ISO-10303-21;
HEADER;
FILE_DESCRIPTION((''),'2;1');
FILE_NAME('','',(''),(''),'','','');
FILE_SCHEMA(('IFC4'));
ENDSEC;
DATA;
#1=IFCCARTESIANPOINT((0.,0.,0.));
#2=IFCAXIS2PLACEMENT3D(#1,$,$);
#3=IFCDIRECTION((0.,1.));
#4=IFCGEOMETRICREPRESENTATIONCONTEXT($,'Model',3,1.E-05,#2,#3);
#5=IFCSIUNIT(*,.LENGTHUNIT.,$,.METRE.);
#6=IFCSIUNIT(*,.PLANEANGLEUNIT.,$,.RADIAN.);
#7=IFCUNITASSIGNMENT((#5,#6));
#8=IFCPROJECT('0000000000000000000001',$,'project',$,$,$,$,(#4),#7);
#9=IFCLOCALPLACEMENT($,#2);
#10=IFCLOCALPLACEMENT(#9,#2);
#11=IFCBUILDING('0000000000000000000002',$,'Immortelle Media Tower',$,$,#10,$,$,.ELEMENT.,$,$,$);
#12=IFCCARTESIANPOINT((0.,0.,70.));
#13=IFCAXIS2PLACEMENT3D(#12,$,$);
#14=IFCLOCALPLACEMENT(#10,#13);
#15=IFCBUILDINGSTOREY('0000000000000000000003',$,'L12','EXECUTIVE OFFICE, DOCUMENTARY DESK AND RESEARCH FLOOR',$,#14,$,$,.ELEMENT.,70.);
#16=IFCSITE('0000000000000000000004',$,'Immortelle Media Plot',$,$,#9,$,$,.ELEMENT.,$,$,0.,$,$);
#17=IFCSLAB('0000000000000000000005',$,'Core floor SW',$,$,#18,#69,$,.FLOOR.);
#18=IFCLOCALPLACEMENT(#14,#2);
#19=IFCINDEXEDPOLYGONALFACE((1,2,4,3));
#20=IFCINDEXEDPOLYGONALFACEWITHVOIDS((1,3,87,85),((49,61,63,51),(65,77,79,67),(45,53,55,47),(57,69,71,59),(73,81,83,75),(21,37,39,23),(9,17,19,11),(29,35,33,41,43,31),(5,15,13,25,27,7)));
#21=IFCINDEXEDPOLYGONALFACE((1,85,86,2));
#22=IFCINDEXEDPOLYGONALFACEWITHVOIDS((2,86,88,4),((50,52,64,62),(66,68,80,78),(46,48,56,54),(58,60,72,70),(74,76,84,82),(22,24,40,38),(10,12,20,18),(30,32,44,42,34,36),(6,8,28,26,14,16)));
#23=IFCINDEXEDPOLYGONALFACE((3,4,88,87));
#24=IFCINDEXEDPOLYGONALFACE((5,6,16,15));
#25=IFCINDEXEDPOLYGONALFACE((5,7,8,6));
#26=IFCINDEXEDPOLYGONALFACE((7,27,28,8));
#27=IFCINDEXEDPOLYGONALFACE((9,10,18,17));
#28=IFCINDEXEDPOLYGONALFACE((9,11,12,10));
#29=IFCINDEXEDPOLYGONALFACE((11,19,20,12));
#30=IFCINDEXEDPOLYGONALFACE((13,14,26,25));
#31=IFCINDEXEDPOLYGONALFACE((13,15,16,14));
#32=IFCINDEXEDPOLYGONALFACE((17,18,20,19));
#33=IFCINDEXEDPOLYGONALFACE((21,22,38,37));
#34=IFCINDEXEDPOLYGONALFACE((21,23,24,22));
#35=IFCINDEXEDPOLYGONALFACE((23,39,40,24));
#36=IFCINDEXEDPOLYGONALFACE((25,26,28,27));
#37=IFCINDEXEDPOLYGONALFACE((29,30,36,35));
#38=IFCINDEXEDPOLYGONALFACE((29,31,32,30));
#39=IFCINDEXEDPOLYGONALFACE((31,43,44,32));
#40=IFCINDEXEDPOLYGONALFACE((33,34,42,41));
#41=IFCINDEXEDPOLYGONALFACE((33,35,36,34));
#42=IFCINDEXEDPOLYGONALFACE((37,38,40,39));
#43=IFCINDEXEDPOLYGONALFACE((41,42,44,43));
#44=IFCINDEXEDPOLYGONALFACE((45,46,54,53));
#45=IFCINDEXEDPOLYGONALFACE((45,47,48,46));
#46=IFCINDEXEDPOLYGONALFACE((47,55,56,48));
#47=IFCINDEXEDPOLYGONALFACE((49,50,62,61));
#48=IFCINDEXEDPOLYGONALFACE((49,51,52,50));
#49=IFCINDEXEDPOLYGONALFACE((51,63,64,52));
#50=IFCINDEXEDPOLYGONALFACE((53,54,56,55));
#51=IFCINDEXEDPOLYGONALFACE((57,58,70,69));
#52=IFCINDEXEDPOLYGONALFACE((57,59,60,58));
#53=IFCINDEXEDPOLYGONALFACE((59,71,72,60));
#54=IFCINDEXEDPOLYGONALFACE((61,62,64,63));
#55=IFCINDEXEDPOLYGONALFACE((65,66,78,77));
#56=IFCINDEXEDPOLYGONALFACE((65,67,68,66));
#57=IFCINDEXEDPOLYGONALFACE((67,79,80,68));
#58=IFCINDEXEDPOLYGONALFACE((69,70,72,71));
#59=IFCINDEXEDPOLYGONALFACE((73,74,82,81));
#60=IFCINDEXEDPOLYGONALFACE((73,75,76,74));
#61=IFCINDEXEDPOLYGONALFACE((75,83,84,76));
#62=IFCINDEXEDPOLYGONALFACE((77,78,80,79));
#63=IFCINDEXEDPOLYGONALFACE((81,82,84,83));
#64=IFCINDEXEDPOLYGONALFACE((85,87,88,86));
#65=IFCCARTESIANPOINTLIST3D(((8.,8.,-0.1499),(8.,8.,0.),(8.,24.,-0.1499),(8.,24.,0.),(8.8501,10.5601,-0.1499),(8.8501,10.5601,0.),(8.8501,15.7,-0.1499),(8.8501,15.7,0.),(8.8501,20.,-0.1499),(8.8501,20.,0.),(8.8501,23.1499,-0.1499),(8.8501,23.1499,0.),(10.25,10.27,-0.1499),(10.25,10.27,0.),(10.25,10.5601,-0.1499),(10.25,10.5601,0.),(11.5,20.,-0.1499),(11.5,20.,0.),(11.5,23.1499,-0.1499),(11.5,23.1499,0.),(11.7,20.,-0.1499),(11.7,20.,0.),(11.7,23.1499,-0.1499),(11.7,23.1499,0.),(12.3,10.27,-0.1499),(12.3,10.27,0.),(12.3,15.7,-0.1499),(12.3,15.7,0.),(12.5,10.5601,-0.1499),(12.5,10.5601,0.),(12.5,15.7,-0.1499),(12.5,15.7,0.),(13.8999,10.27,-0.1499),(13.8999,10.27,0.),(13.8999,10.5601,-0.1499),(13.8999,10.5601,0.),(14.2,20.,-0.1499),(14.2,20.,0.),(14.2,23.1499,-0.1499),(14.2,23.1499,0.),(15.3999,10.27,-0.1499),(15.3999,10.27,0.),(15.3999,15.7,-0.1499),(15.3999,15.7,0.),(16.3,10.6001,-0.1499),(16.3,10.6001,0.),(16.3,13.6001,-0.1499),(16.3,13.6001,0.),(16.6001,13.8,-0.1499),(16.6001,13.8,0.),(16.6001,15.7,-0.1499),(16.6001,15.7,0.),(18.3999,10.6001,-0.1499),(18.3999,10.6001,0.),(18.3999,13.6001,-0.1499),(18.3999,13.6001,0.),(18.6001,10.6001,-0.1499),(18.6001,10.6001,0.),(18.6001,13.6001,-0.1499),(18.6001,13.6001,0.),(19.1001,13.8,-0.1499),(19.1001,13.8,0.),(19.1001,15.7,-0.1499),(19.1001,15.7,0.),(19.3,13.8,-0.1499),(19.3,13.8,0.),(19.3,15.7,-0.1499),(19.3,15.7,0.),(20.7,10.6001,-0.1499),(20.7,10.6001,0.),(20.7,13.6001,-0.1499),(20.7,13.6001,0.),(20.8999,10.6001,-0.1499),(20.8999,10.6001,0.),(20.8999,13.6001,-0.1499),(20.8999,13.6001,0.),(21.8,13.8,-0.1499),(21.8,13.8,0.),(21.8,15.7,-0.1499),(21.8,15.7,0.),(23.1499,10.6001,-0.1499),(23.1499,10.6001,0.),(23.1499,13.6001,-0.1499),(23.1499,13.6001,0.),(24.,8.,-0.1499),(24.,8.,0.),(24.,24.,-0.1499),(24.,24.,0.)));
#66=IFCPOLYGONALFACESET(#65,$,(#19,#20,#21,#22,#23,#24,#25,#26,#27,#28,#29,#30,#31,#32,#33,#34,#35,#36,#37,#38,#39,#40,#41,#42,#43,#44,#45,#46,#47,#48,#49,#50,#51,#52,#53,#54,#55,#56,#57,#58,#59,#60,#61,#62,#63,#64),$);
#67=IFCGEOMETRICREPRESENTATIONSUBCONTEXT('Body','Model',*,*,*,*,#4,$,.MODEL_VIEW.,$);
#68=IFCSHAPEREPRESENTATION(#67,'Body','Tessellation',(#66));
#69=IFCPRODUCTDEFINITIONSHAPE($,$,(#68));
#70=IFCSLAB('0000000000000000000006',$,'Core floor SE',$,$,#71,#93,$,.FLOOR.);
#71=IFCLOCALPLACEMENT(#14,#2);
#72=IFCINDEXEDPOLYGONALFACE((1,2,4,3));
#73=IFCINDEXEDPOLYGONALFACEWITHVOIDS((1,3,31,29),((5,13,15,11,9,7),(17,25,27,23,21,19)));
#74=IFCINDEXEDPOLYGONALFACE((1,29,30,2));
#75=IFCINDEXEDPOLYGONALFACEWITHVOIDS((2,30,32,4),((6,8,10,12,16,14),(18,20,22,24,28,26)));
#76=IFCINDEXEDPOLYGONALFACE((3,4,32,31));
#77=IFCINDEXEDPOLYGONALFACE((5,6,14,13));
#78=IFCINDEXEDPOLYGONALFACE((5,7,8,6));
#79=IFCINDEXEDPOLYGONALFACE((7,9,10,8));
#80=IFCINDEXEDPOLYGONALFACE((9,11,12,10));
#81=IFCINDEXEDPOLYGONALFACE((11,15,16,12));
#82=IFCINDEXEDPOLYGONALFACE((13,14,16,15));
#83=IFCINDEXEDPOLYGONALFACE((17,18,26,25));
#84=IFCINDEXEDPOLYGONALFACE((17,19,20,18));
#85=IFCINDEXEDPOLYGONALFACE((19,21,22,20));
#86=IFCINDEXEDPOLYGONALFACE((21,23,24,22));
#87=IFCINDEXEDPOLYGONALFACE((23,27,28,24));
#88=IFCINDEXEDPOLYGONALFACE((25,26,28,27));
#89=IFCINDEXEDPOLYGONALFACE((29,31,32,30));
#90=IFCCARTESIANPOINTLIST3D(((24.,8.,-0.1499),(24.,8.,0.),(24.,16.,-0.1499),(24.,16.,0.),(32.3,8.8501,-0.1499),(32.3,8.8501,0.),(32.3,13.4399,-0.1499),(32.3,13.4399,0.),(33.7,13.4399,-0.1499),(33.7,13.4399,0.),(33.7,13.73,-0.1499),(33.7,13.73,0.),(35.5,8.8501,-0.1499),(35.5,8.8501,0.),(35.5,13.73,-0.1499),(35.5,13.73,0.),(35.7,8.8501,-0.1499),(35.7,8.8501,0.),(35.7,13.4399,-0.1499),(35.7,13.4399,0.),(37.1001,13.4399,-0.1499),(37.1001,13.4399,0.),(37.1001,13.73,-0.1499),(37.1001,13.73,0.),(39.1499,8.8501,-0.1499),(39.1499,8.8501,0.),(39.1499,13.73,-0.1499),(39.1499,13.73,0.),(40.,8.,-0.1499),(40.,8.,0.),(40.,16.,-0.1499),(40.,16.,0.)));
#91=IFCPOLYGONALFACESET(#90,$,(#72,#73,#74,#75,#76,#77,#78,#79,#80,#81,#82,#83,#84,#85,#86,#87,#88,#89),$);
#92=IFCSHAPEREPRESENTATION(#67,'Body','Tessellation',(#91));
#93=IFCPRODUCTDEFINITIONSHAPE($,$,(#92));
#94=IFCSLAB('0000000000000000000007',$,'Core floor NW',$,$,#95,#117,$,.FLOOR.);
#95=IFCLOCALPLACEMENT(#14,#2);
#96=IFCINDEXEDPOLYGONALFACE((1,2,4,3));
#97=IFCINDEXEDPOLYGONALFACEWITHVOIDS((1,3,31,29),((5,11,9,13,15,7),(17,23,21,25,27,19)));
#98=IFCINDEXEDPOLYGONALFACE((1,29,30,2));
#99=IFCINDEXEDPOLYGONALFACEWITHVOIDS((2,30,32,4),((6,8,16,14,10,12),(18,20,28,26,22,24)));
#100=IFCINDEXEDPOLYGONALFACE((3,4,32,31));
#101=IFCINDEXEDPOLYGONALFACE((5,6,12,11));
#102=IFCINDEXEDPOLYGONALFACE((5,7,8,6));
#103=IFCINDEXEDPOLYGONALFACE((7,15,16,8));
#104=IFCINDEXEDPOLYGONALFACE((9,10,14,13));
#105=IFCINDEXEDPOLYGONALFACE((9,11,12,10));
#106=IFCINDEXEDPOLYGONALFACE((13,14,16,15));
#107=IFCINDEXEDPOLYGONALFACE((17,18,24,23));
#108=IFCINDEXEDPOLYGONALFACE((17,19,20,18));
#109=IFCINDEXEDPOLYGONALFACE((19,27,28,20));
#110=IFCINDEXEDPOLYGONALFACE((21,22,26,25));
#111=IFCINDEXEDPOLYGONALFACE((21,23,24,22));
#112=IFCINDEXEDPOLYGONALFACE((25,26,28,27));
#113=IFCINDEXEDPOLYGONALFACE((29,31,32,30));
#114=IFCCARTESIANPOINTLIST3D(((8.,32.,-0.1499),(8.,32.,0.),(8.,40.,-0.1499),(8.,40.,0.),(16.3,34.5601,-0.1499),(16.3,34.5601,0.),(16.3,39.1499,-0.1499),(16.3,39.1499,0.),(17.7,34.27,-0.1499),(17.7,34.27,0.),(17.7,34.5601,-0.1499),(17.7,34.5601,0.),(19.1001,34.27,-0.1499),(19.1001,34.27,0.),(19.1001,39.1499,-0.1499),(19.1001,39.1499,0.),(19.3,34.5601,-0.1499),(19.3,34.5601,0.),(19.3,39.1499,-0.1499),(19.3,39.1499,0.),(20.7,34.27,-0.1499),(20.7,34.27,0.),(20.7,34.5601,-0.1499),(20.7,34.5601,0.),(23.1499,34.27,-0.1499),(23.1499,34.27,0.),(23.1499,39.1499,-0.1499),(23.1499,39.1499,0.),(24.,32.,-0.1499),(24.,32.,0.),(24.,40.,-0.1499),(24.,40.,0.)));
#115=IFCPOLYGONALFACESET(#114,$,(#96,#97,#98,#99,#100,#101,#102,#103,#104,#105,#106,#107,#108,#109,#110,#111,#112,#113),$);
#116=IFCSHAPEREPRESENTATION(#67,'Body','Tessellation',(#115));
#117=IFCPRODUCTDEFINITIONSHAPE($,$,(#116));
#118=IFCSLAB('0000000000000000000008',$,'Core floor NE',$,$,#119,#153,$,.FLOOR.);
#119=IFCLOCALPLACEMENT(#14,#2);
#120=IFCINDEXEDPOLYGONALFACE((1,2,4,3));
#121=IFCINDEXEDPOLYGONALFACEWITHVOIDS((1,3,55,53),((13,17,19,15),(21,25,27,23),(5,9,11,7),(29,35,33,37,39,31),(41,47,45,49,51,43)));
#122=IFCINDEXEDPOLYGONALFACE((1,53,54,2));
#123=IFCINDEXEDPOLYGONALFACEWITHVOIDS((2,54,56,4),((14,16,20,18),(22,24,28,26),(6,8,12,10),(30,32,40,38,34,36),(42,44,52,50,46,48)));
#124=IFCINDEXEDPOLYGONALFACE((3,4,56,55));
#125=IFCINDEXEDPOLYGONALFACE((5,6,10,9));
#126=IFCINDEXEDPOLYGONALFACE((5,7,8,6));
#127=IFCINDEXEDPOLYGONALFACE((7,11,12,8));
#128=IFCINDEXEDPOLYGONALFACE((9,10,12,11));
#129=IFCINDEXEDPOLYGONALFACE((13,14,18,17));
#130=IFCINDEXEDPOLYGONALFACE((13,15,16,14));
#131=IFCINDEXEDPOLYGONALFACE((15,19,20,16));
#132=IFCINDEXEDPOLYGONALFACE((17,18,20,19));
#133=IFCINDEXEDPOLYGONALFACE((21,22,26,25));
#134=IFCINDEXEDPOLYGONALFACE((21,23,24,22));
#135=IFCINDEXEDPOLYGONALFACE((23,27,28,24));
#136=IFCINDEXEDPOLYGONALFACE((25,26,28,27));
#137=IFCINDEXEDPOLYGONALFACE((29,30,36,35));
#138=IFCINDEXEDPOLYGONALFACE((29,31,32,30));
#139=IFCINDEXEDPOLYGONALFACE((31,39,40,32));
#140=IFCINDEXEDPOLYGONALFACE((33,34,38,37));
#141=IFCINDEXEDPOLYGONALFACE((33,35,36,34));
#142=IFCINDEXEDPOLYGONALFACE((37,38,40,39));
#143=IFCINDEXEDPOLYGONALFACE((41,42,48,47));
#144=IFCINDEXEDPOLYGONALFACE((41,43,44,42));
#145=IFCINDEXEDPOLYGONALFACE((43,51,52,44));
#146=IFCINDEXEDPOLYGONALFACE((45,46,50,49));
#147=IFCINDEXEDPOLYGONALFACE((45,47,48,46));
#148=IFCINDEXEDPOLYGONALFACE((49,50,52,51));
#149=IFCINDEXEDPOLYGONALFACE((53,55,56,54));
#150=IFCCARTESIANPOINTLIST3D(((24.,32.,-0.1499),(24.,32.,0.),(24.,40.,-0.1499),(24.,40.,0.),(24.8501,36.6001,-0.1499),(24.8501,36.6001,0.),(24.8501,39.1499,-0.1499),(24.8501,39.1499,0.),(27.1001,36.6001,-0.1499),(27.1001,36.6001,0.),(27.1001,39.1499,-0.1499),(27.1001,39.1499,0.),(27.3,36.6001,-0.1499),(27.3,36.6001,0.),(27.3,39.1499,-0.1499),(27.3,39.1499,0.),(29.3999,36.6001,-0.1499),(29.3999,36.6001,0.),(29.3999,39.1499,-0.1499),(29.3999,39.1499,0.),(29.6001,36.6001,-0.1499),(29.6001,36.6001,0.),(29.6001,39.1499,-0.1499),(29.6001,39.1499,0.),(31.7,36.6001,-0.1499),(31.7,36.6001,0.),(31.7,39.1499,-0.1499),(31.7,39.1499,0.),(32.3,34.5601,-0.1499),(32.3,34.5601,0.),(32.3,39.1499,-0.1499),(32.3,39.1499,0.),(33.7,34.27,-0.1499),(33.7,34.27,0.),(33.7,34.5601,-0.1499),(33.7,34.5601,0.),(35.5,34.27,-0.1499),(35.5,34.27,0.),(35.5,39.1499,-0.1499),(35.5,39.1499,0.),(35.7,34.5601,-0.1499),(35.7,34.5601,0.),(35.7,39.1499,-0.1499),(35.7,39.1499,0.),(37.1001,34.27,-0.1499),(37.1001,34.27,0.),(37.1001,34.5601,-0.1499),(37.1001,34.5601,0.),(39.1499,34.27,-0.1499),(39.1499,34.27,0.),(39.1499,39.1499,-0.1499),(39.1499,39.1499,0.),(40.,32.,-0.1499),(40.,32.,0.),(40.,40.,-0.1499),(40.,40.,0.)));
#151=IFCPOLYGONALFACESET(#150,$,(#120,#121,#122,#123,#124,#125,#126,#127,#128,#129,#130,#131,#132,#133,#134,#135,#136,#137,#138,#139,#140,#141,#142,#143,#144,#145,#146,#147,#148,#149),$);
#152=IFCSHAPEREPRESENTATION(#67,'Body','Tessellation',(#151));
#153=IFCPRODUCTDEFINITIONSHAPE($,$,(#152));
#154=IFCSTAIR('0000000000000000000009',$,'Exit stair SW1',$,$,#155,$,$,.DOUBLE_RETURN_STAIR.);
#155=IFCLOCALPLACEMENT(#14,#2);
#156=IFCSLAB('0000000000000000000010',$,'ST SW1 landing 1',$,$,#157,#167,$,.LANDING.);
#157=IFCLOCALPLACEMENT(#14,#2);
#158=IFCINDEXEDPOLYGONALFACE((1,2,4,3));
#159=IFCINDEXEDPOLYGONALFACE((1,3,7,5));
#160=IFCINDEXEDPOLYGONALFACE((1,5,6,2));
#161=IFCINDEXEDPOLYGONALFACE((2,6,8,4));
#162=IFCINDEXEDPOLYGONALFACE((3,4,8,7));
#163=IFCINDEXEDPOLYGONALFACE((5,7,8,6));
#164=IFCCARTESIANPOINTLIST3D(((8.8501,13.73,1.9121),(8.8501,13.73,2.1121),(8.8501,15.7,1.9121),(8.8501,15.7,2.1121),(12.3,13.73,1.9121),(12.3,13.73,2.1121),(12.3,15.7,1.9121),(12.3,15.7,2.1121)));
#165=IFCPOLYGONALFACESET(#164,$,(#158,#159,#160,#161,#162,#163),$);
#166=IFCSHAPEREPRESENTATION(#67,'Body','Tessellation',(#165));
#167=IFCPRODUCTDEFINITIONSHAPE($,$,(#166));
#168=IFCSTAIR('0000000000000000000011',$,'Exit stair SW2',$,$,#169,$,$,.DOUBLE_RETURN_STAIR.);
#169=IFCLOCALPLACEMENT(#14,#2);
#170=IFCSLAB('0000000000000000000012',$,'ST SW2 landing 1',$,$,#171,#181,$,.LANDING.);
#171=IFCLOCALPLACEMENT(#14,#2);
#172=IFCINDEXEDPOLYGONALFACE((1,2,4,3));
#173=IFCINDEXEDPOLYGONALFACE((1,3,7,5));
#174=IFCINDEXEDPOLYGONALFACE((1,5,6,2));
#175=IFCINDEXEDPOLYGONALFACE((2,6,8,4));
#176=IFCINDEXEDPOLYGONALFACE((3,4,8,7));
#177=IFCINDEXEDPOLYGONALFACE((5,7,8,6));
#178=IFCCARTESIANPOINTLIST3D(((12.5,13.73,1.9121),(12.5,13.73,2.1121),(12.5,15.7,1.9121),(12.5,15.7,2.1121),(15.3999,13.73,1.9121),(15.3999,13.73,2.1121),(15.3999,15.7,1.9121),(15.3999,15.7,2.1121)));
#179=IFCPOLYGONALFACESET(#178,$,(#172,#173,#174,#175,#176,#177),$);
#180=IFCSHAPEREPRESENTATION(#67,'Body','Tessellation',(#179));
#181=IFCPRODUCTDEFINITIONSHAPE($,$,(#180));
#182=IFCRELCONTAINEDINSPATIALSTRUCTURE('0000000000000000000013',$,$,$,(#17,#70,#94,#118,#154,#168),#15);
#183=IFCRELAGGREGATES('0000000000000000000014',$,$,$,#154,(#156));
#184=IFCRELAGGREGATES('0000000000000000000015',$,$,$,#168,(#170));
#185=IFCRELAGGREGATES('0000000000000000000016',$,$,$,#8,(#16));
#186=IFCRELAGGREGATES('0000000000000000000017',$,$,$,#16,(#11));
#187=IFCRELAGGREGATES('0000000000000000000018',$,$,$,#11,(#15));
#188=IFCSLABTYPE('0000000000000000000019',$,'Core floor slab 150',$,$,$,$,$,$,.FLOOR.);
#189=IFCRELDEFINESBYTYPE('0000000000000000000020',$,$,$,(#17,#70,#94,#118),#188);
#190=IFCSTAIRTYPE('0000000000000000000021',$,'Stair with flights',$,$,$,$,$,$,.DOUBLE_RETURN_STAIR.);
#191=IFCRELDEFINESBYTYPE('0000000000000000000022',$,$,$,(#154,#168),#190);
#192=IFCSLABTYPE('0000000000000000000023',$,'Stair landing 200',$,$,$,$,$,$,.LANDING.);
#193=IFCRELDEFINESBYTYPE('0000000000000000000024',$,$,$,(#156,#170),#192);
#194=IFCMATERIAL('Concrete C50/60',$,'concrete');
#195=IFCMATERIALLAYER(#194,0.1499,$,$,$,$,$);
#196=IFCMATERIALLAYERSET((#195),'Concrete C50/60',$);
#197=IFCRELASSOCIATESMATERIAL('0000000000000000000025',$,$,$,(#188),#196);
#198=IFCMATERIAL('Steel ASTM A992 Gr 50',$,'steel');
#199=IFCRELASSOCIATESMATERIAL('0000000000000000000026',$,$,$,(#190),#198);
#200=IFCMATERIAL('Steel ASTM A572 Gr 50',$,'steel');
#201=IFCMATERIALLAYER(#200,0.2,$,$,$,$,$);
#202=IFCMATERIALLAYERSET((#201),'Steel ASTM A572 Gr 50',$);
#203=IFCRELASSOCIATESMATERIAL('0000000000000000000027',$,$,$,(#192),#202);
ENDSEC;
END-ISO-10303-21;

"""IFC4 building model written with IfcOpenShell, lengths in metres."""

from ifc_helpers import new_model, si_unit, direction, frame, origin, place, context, subcontext, project, spatial, polyline, outline, extrude, material, layer, layer_set, type_object, element, aggregate, save


model = new_model("IFC4")

# Units and contexts
model_context = context("Model", 3, precision=1e-05, world=origin(), true_north=direction((0.0, 1.0)))
body_context = subcontext(model_context, "Body", "Model", "MODEL_VIEW")
ifc_project = project(units=[si_unit("LENGTHUNIT", "METRE"), si_unit("PLANEANGLEUNIT", "RADIAN")], contexts=[model_context])

# Site, building, storey
site_placement = place(None, origin())
site = spatial("IfcSite", under=ifc_project, at=site_placement, Name="Immortelle Media Plot", CompositionType="ELEMENT", RefElevation=0.0)
building_placement = place(site_placement, origin())
building = spatial("IfcBuilding", under=site, at=building_placement, Name="Immortelle Media Tower", CompositionType="ELEMENT")
storey_placement = place(building_placement, frame((0.0, 0.0, 70.0)))
storey = spatial("IfcBuildingStorey", under=building, at=storey_placement, Name="L12", Description="EXECUTIVE OFFICE, DOCUMENTARY DESK AND RESEARCH FLOOR", CompositionType="ELEMENT", Elevation=70.0)

# Slabs
ifc_material_1 = material(Name="Concrete C50/60", Category="concrete")
ifc_layer_1 = layer(ifc_material_1, 0.1499)
ifc_layer_set_1 = layer_set([ifc_layer_1], Name="Concrete C50/60")
slab_type_1 = type_object("IfcSlabType", Name="Core floor slab 150", PredefinedType="FLOOR", material=ifc_layer_set_1)
slab_1_placement = place(storey_placement, frame((0.0, 0.0, -0.1499)))
element("IfcSlab", 1, at=slab_1_placement, inside=storey, type_object=slab_type_1, Name="Core floor SW", PredefinedType="FLOOR", context=body_context, shape_type="SweptSolid", body=[
    extrude(outline(polyline([(8.0, 8.0), (24.0, 8.0), (24.0, 24.0), (8.0, 24.0), (8.0, 8.0)]), holes=[polyline([(8.8501, 20.0), (11.5, 20.0), (11.5, 23.1499), (8.8501, 23.1499), (8.8501, 20.0)]), polyline([(11.7, 20.0), (14.2, 20.0), (14.2, 23.1499), (11.7, 23.1499), (11.7, 20.0)]), polyline([(16.6001, 13.8), (19.1001, 13.8), (19.1001, 15.7), (16.6001, 15.7), (16.6001, 13.8)]), polyline([(19.3, 13.8), (21.8, 13.8), (21.8, 15.7), (19.3, 15.7), (19.3, 13.8)]), polyline([(16.3, 10.6001), (18.3999, 10.6001), (18.3999, 13.6001), (16.3, 13.6001), (16.3, 10.6001)]), polyline([(18.6001, 10.6001), (20.7, 10.6001), (20.7, 13.6001), (18.6001, 13.6001), (18.6001, 10.6001)]), polyline([(20.8999, 10.6001), (23.1499, 10.6001), (23.1499, 13.6001), (20.8999, 13.6001), (20.8999, 10.6001)]), polyline([(8.8501, 15.7), (12.3, 15.7), (12.3, 10.27), (10.25, 10.27), (10.25, 10.5601), (8.8501, 10.5601), (8.8501, 15.7)]), polyline([(12.5, 15.7), (15.3999, 15.7), (15.3999, 10.27), (13.8999, 10.27), (13.8999, 10.5601), (12.5, 10.5601), (12.5, 15.7)])]), origin(), (0.0, 0.0, 1.0), 0.1499),
])
slab_2_placement = place(storey_placement, frame((0.0, 0.0, -0.1499)))
element("IfcSlab", 2, at=slab_2_placement, inside=storey, type_object=slab_type_1, Name="Core floor SE", PredefinedType="FLOOR", context=body_context, shape_type="SweptSolid", body=[
    extrude(outline(polyline([(24.0, 8.0), (40.0, 8.0), (40.0, 16.0), (24.0, 16.0), (24.0, 8.0)]), holes=[polyline([(35.5, 13.73), (35.5, 8.8501), (32.3, 8.8501), (32.3, 13.4399), (33.7, 13.4399), (33.7, 13.73), (35.5, 13.73)]), polyline([(39.1499, 13.73), (39.1499, 8.8501), (35.7, 8.8501), (35.7, 13.4399), (37.1001, 13.4399), (37.1001, 13.73), (39.1499, 13.73)])]), origin(), (0.0, 0.0, 1.0), 0.1499),
])
slab_3_placement = place(storey_placement, frame((0.0, 0.0, -0.1499)))
element("IfcSlab", 3, at=slab_3_placement, inside=storey, type_object=slab_type_1, Name="Core floor NW", PredefinedType="FLOOR", context=body_context, shape_type="SweptSolid", body=[
    extrude(outline(polyline([(8.0, 32.0), (24.0, 32.0), (24.0, 40.0), (8.0, 40.0), (8.0, 32.0)]), holes=[polyline([(16.3, 39.1499), (19.1001, 39.1499), (19.1001, 34.27), (17.7, 34.27), (17.7, 34.5601), (16.3, 34.5601), (16.3, 39.1499)]), polyline([(19.3, 39.1499), (23.1499, 39.1499), (23.1499, 34.27), (20.7, 34.27), (20.7, 34.5601), (19.3, 34.5601), (19.3, 39.1499)])]), origin(), (0.0, 0.0, 1.0), 0.1499),
])
slab_4_placement = place(storey_placement, frame((0.0, 0.0, -0.1499)))
element("IfcSlab", 4, at=slab_4_placement, inside=storey, type_object=slab_type_1, Name="Core floor NE", PredefinedType="FLOOR", context=body_context, shape_type="SweptSolid", body=[
    extrude(outline(polyline([(24.0, 32.0), (40.0, 32.0), (40.0, 40.0), (24.0, 40.0), (24.0, 32.0)]), holes=[polyline([(24.8501, 36.6001), (27.1001, 36.6001), (27.1001, 39.1499), (24.8501, 39.1499), (24.8501, 36.6001)]), polyline([(27.3, 36.6001), (29.3999, 36.6001), (29.3999, 39.1499), (27.3, 39.1499), (27.3, 36.6001)]), polyline([(29.6001, 36.6001), (31.7, 36.6001), (31.7, 39.1499), (29.6001, 39.1499), (29.6001, 36.6001)]), polyline([(32.3, 39.1499), (35.5, 39.1499), (35.5, 34.27), (33.7, 34.27), (33.7, 34.5601), (32.3, 34.5601), (32.3, 39.1499)]), polyline([(35.7, 39.1499), (39.1499, 39.1499), (39.1499, 34.27), (37.1001, 34.27), (37.1001, 34.5601), (35.7, 34.5601), (35.7, 39.1499)])]), origin(), (0.0, 0.0, 1.0), 0.1499),
])

# Stairs, slabs
ifc_material_2 = material(Name="Steel ASTM A992 Gr 50", Category="steel")
stair_type = type_object("IfcStairType", Name="Stair with flights", PredefinedType="DOUBLE_RETURN_STAIR", material=ifc_material_2)
stair_1_placement = place(storey_placement, origin())
stair_1 = element("IfcStair", 5, at=stair_1_placement, inside=storey, type_object=stair_type, Name="Exit stair SW1", PredefinedType="DOUBLE_RETURN_STAIR")
ifc_material_3 = material(Name="Steel ASTM A572 Gr 50", Category="steel")
ifc_layer_2 = layer(ifc_material_3, 0.2)
ifc_layer_set_2 = layer_set([ifc_layer_2], Name="Steel ASTM A572 Gr 50")
slab_type_2 = type_object("IfcSlabType", Name="Stair landing 200", PredefinedType="LANDING", material=ifc_layer_set_2)
slab_5_placement = place(storey_placement, frame((0.0, 0.0, 1.9121)))
slab_5 = element("IfcSlab", 6, at=slab_5_placement, type_object=slab_type_2, Name="ST SW1 landing 1", PredefinedType="LANDING", context=body_context, shape_type="SweptSolid", body=[
    extrude(outline(polyline([(8.8501, 13.73), (12.3, 13.73), (12.3, 15.7), (8.8501, 15.7), (8.8501, 13.73)])), origin(), (0.0, 0.0, 1.0), 0.2),
])
aggregate(stair_1, [slab_5])
stair_2_placement = place(storey_placement, origin())
stair_2 = element("IfcStair", 7, at=stair_2_placement, inside=storey, type_object=stair_type, Name="Exit stair SW2", PredefinedType="DOUBLE_RETURN_STAIR")
slab_6_placement = place(storey_placement, frame((0.0, 0.0, 1.9121)))
slab_6 = element("IfcSlab", 8, at=slab_6_placement, type_object=slab_type_2, Name="ST SW2 landing 1", PredefinedType="LANDING", context=body_context, shape_type="SweptSolid", body=[
    extrude(outline(polyline([(12.5, 13.73), (15.3999, 13.73), (15.3999, 15.7), (12.5, 15.7), (12.5, 13.73)])), origin(), (0.0, 0.0, 1.0), 0.2),
])
aggregate(stair_2, [slab_6])

save(model, "model.ifc")
